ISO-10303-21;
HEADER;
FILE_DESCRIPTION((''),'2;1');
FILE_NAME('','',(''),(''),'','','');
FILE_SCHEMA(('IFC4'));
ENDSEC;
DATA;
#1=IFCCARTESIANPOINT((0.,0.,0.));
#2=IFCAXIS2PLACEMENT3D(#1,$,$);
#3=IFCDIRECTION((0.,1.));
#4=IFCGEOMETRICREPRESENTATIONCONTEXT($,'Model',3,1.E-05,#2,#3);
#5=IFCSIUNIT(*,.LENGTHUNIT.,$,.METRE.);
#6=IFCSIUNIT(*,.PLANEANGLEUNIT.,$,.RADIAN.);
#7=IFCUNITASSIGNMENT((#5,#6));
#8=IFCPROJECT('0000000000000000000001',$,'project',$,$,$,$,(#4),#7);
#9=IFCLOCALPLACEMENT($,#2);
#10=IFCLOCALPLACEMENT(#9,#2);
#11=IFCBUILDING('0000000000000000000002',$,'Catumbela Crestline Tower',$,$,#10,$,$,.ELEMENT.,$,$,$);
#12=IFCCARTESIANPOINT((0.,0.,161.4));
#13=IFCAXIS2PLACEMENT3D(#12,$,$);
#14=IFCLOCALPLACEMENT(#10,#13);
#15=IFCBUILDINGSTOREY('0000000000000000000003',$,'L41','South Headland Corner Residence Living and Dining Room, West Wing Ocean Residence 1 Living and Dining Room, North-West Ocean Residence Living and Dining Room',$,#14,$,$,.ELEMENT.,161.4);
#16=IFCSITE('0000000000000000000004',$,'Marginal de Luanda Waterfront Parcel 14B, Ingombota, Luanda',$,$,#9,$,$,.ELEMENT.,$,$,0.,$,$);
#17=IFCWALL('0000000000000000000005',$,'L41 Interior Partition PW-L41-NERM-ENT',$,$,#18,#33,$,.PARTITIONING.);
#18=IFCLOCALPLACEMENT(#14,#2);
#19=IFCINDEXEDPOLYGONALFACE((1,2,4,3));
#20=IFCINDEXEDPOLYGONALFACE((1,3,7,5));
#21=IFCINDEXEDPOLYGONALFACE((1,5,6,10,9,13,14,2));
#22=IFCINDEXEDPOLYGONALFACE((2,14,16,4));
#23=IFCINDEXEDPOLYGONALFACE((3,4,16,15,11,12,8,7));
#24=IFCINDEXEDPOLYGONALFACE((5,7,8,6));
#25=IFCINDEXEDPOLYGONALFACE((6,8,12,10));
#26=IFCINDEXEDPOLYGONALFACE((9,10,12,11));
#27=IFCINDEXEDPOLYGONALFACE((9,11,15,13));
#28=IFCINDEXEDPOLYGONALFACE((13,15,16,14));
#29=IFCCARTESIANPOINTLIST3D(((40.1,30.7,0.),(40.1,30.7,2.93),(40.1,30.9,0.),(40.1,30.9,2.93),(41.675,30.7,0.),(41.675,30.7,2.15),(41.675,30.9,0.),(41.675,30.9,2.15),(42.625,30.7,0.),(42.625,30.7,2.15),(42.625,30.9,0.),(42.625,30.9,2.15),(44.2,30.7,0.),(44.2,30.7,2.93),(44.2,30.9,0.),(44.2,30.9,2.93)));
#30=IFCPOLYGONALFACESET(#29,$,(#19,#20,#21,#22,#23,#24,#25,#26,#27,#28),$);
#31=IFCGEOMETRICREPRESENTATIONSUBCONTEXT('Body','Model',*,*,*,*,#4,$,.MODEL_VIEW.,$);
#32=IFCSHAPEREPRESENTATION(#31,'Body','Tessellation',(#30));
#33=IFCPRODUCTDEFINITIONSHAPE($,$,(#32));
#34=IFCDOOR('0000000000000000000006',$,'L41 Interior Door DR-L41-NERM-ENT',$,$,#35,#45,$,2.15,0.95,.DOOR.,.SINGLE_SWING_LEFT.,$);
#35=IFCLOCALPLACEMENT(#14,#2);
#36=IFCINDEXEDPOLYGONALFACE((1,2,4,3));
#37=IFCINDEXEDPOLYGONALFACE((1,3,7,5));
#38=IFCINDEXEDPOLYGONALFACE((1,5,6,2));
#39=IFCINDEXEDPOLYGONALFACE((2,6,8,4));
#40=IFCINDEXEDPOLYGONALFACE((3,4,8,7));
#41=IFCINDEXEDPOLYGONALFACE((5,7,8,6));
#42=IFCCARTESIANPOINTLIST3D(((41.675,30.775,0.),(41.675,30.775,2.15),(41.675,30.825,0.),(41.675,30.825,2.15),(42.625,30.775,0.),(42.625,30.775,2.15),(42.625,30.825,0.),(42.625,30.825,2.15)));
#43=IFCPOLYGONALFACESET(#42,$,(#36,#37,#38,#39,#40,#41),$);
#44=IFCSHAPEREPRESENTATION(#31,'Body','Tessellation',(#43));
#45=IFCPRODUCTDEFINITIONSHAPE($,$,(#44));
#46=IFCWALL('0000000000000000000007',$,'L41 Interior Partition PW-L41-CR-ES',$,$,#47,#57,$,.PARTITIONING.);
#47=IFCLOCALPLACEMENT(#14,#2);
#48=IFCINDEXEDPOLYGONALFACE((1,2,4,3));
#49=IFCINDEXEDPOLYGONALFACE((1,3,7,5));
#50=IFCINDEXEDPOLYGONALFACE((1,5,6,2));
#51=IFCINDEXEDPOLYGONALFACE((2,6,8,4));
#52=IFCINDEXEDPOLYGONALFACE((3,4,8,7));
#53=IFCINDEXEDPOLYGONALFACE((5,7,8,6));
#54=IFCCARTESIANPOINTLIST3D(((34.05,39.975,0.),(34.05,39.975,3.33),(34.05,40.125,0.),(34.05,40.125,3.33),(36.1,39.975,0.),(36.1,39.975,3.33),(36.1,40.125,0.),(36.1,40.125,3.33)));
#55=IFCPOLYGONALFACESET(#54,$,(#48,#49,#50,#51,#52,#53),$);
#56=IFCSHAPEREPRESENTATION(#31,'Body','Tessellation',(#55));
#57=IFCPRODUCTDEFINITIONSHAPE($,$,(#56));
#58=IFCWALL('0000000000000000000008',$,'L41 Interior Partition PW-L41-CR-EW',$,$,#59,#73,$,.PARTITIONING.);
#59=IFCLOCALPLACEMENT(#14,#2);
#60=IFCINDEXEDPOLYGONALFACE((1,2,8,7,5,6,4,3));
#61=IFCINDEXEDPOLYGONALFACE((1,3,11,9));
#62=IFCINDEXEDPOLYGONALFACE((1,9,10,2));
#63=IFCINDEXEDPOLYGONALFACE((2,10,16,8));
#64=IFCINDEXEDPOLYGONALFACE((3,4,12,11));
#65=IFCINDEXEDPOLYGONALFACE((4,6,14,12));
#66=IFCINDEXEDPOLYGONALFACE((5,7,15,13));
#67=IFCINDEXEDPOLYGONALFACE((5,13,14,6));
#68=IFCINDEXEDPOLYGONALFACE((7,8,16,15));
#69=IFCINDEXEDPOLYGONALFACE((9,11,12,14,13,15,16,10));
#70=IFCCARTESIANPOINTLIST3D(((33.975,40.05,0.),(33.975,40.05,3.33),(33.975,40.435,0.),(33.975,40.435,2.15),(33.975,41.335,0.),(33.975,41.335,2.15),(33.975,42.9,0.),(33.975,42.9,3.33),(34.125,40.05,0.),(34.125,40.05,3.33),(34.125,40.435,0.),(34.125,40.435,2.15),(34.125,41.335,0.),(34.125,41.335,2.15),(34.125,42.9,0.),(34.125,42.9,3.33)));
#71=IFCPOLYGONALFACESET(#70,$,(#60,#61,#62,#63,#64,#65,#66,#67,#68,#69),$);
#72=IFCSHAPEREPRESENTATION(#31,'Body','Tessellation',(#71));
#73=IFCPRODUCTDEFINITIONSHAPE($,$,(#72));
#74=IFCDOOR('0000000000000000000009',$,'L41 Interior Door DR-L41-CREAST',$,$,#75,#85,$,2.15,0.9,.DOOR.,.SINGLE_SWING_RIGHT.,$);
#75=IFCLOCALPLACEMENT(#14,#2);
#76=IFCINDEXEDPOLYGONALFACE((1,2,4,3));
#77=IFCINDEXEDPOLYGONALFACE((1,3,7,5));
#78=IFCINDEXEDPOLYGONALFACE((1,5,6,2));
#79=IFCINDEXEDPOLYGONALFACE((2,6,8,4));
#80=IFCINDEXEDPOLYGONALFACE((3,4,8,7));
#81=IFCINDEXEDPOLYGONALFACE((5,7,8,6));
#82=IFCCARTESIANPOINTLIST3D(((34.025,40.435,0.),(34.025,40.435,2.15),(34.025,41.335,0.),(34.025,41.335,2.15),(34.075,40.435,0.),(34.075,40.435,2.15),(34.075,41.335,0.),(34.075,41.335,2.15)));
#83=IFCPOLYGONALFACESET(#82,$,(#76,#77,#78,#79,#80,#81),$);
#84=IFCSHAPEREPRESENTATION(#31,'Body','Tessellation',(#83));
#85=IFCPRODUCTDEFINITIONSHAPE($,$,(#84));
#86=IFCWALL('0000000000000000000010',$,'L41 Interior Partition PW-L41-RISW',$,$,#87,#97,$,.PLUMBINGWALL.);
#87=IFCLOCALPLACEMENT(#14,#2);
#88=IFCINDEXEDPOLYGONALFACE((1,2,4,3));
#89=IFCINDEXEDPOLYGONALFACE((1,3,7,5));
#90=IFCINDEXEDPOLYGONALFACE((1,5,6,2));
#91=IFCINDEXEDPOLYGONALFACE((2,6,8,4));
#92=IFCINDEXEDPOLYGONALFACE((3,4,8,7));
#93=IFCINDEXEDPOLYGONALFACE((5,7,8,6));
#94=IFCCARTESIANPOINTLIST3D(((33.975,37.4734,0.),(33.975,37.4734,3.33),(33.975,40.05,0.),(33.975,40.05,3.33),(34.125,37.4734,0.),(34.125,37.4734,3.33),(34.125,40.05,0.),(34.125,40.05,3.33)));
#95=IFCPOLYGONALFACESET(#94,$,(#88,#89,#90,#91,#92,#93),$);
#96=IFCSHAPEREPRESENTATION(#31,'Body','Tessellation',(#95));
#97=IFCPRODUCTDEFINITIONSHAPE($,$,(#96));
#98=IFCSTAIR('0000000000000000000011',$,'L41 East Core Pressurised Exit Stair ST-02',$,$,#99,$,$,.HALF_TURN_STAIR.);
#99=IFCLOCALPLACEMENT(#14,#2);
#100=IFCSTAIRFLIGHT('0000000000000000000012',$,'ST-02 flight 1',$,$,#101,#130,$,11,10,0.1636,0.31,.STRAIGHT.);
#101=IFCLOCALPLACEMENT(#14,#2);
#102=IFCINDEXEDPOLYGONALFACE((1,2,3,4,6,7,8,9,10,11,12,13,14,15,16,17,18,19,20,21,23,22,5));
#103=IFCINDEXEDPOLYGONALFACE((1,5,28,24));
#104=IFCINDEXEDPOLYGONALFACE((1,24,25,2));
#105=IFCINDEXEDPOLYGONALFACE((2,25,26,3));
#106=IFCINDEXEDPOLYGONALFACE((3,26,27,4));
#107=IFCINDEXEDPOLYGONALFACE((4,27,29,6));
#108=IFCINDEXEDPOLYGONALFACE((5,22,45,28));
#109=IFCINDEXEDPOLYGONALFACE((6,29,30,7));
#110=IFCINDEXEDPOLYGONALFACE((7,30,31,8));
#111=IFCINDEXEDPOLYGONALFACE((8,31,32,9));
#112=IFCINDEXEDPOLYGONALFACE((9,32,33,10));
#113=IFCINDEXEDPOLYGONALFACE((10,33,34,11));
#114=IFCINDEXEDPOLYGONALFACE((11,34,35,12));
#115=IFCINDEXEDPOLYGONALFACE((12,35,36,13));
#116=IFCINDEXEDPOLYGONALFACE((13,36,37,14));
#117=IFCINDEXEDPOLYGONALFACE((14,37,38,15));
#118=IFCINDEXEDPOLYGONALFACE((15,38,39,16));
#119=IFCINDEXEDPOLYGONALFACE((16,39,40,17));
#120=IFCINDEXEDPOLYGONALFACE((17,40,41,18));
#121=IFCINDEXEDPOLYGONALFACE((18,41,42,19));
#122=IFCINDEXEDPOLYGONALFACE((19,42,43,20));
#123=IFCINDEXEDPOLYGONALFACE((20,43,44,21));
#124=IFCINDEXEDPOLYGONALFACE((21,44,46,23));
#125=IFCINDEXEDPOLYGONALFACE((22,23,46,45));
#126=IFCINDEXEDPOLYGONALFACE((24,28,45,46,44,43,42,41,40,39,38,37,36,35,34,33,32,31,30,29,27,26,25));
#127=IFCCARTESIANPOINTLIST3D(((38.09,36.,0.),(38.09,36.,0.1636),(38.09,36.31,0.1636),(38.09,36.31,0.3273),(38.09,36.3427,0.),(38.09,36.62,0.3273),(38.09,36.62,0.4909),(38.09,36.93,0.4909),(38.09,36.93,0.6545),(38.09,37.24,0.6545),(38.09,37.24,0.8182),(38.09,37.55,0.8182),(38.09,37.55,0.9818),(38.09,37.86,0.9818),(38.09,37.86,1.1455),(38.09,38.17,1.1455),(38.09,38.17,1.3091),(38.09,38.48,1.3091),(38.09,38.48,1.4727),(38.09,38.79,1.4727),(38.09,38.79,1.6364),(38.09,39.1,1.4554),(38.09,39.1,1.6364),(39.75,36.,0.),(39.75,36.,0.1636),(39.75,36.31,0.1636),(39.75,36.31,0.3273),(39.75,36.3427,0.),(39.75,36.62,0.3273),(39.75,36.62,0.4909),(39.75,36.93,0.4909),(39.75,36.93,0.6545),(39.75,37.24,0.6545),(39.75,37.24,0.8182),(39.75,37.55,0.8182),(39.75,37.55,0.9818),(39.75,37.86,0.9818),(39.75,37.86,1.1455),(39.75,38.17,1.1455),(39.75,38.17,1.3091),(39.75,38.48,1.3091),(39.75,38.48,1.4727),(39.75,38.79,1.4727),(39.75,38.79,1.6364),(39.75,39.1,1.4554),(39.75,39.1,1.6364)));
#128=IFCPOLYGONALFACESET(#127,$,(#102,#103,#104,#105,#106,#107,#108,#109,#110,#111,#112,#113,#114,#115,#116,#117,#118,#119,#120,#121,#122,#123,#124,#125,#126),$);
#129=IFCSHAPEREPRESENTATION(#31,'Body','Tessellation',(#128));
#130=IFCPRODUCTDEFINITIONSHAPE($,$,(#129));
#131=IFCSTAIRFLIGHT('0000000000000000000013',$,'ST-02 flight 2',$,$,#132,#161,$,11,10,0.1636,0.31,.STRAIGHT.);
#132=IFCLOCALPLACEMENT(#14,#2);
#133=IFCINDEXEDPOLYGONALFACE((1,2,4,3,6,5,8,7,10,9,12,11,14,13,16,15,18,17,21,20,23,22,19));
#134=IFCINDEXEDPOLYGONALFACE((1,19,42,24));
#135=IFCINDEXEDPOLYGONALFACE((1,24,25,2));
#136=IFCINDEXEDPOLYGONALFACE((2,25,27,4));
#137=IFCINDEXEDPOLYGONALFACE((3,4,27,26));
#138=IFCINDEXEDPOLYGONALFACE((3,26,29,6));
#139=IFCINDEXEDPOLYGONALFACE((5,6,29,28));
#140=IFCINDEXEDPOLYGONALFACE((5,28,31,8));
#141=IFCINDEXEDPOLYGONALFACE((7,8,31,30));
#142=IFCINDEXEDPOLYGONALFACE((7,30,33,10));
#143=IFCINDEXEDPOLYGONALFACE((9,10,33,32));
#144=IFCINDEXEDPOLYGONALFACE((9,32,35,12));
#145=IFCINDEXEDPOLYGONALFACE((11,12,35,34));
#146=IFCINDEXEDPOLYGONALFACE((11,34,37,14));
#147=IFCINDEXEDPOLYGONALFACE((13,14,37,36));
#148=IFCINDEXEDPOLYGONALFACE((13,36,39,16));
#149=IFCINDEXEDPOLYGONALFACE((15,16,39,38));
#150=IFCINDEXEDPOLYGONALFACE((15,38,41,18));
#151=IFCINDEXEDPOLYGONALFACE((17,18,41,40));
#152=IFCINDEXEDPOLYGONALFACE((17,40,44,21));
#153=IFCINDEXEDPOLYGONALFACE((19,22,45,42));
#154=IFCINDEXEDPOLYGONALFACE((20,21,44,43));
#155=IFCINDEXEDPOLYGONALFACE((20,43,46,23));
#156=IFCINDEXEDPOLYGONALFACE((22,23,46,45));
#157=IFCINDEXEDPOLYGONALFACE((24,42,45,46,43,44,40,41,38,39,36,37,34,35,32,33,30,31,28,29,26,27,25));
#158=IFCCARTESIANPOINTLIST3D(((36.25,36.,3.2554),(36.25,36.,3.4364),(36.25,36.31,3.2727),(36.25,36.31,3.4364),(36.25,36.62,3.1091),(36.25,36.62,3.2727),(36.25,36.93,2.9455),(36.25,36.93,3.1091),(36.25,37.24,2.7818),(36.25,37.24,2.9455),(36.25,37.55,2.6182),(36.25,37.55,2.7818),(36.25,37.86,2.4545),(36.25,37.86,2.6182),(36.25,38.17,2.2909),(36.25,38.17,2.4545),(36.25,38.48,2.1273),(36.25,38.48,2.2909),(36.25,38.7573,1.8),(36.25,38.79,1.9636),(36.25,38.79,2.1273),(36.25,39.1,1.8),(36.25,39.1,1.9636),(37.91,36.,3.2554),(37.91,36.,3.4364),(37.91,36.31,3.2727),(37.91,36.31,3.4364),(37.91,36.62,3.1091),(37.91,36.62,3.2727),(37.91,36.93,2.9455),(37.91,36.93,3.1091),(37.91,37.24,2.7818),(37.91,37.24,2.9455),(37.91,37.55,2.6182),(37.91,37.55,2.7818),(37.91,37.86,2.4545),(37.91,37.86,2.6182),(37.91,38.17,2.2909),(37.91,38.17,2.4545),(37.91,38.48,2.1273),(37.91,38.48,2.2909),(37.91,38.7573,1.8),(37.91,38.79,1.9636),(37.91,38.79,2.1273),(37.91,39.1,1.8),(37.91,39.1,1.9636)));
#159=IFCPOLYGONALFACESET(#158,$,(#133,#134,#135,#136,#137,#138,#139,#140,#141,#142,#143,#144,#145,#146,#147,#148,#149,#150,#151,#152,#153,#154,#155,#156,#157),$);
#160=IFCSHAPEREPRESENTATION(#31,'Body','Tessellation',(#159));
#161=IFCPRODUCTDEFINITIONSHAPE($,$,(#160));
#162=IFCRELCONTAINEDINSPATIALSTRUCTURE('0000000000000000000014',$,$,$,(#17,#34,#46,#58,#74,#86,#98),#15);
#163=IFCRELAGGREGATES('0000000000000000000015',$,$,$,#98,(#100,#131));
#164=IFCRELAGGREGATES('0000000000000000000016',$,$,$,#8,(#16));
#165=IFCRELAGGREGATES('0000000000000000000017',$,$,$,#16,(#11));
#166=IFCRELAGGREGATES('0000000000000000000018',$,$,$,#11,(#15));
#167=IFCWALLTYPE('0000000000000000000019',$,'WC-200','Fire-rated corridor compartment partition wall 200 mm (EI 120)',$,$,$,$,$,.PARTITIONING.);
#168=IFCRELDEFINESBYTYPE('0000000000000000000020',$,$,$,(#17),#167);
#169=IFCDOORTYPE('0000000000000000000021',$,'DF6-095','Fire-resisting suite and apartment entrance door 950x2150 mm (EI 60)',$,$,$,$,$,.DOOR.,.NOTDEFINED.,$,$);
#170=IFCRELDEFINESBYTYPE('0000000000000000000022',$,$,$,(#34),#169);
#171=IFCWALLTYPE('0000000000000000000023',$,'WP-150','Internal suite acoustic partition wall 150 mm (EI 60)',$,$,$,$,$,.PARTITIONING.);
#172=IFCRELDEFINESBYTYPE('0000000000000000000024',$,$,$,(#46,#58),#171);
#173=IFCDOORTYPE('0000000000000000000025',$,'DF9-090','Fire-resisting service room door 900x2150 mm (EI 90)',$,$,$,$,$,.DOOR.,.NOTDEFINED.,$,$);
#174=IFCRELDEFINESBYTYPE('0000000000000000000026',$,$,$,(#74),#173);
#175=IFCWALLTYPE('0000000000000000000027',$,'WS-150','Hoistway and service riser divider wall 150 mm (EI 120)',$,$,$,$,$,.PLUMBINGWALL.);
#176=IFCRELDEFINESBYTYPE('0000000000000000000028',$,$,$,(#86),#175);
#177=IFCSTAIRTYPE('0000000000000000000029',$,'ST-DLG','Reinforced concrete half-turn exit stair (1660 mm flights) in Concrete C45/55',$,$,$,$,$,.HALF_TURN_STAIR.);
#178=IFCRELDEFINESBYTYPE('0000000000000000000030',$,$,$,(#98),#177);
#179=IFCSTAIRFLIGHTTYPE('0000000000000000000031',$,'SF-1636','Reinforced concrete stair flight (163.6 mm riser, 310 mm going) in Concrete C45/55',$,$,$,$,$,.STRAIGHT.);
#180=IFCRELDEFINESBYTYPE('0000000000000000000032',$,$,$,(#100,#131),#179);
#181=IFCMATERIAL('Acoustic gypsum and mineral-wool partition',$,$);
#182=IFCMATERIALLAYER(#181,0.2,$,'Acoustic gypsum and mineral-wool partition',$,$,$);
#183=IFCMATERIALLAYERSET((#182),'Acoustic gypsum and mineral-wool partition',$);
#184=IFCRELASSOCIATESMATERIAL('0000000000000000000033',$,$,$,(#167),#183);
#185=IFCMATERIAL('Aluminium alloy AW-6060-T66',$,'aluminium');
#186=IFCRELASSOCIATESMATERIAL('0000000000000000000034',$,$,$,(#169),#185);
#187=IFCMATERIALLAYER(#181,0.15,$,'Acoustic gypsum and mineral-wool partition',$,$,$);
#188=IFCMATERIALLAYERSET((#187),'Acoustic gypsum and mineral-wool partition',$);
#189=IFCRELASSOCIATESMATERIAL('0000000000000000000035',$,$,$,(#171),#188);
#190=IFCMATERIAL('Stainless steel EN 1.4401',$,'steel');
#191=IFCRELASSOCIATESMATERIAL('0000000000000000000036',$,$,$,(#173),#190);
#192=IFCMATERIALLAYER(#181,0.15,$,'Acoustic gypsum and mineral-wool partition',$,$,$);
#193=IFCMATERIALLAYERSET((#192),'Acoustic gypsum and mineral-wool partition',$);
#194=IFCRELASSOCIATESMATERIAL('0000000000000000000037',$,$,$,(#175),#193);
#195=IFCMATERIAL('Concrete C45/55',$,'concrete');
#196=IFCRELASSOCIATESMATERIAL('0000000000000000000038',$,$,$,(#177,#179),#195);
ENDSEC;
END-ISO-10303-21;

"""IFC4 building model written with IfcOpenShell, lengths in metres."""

from ifc_helpers import new_model, si_unit, direction, frame, frame_2d, origin, place, context, subcontext, project, spatial, polyline, rectangle, outline, extrude, material, layer, layer_set, type_object, element, fill, aggregate, save


model = new_model("IFC4")

# Units and contexts
model_context = context("Model", 3, precision=1e-05, world=origin(), true_north=direction((0.0, 1.0)))
body_context = subcontext(model_context, "Body", "Model", "MODEL_VIEW")
ifc_project = project(units=[si_unit("LENGTHUNIT", "METRE"), si_unit("PLANEANGLEUNIT", "RADIAN")], contexts=[model_context])

# Site, building, storey
site_placement = place(None, origin())
site = spatial("IfcSite", under=ifc_project, at=site_placement, Name="Marginal de Luanda Waterfront Parcel 14B, Ingombota, Luanda", CompositionType="ELEMENT", RefElevation=0.0)
building_placement = place(site_placement, origin())
building = spatial("IfcBuilding", under=site, at=building_placement, Name="Catumbela Crestline Tower", CompositionType="ELEMENT")
storey_placement = place(building_placement, frame((0.0, 0.0, 161.4)))
storey = spatial("IfcBuildingStorey", under=building, at=storey_placement, Name="L41", Description="South Headland Corner Residence Living and Dining Room, West Wing Ocean Residence 1 Living and Dining Room, North-West Ocean Residence Living and Dining Room", CompositionType="ELEMENT", Elevation=161.4)

# Shared definitions
ifc_material_1 = material(Name="Aluminium alloy AW-6060-T66", Category="aluminium")

# Wall, opening, door
ifc_material_2 = material(Name="Acoustic gypsum and mineral-wool partition")
ifc_layer_1 = layer(ifc_material_2, 0.2, Name="Acoustic gypsum and mineral-wool partition")
ifc_layer_set_1 = layer_set([ifc_layer_1], Name="Acoustic gypsum and mineral-wool partition")
wall_type_1 = type_object("IfcWallType", Name="WC-200", Description="Fire-rated corridor compartment partition wall 200 mm (EI 120)", PredefinedType="PARTITIONING", material=ifc_layer_set_1)
wall_1_placement = place(storey_placement, frame((40.1, 30.8, 0.0), z_axis=(0.0, 0.0, 1.0), x_axis=(1.0, 0.0, 0.0)))
wall_1 = element("IfcWall", 1, at=wall_1_placement, inside=storey, type_object=wall_type_1, Name="L41 Interior Partition PW-L41-NERM-ENT", PredefinedType="PARTITIONING", context=body_context, shape_type="SweptSolid", body=[
    extrude(rectangle(XDim=4.1, YDim=0.2, at=frame_2d((2.05, 0.0))), origin(), (0.0, 0.0, 1.0), 2.93),
])
opening_1_placement = place(wall_1_placement, frame((1.575, 0.0, 0.0)))
opening_1 = element("IfcOpeningElement", 2, at=opening_1_placement, cuts=wall_1, PredefinedType="OPENING", context=body_context, shape_type="SweptSolid", body=[
    extrude(rectangle(XDim=0.95, YDim=2.15, at=frame_2d((0.475, 1.075))), frame((0.0, 0.11, 0.0), z_axis=(0.0, -1.0, 0.0), x_axis=(1.0, 0.0, 0.0)), (0.0, 0.0, 1.0), 0.22),
])
door_type_1 = type_object("IfcDoorType", Name="DF6-095", Description="Fire-resisting suite and apartment entrance door 950x2150 mm (EI 60)", OperationType="NOTDEFINED", PredefinedType="DOOR", material=ifc_material_1)
door_1_placement = place(opening_1_placement, origin())
door_1 = element("IfcDoor", 3, at=door_1_placement, inside=storey, type_object=door_type_1, Name="L41 Interior Door DR-L41-NERM-ENT", OperationType="SINGLE_SWING_LEFT", OverallHeight=2.15, OverallWidth=0.95, PredefinedType="DOOR", context=body_context, shape_type="SweptSolid", body=[
    extrude(rectangle(XDim=0.95, YDim=2.15, at=frame_2d((0.475, 1.075))), frame((0.0, 0.025, 0.0), z_axis=(0.0, -1.0, 0.0), x_axis=(1.0, 0.0, 0.0)), (0.0, 0.0, 1.0), 0.05),
])
fill(opening_1, door_1)

# Wall
ifc_layer_2 = layer(ifc_material_2, 0.15, Name="Acoustic gypsum and mineral-wool partition")
ifc_layer_set_2 = layer_set([ifc_layer_2], Name="Acoustic gypsum and mineral-wool partition")
wall_type_2 = type_object("IfcWallType", Name="WP-150", Description="Internal suite acoustic partition wall 150 mm (EI 60)", PredefinedType="PARTITIONING", material=ifc_layer_set_2)
wall_2_placement = place(storey_placement, frame((34.05, 40.05, 0.0), z_axis=(0.0, 0.0, 1.0), x_axis=(1.0, 0.0, 0.0)))
element("IfcWall", 4, at=wall_2_placement, inside=storey, type_object=wall_type_2, Name="L41 Interior Partition PW-L41-CR-ES", PredefinedType="PARTITIONING", context=body_context, shape_type="SweptSolid", body=[
    extrude(rectangle(XDim=2.05, YDim=0.15, at=frame_2d((1.025, 0.0))), origin(), (0.0, 0.0, 1.0), 3.33),
])

# Wall, opening, door
wall_3_placement = place(storey_placement, frame((34.05, 40.05, 0.0), z_axis=(0.0, 0.0, 1.0), x_axis=(0.0, 1.0, 0.0)))
wall_3 = element("IfcWall", 5, at=wall_3_placement, inside=storey, type_object=wall_type_2, Name="L41 Interior Partition PW-L41-CR-EW", PredefinedType="PARTITIONING", context=body_context, shape_type="SweptSolid", body=[
    extrude(rectangle(XDim=2.85, YDim=0.15, at=frame_2d((1.425, 0.0))), origin(), (0.0, 0.0, 1.0), 3.33),
])
opening_2_placement = place(wall_3_placement, frame((0.385, 0.0, 0.0)))
opening_2 = element("IfcOpeningElement", 6, at=opening_2_placement, cuts=wall_3, PredefinedType="OPENING", context=body_context, shape_type="SweptSolid", body=[
    extrude(rectangle(XDim=0.9, YDim=2.15, at=frame_2d((0.45, 1.075))), frame((0.0, 0.085, 0.0), z_axis=(0.0, -1.0, 0.0), x_axis=(1.0, 0.0, 0.0)), (0.0, 0.0, 1.0), 0.17),
])
ifc_material_3 = material(Name="Stainless steel EN 1.4401", Category="steel")
door_type_2 = type_object("IfcDoorType", Name="DF9-090", Description="Fire-resisting service room door 900x2150 mm (EI 90)", OperationType="NOTDEFINED", PredefinedType="DOOR", material=ifc_material_3)
door_2_placement = place(opening_2_placement, origin())
door_2 = element("IfcDoor", 7, at=door_2_placement, inside=storey, type_object=door_type_2, Name="L41 Interior Door DR-L41-CREAST", OperationType="SINGLE_SWING_RIGHT", OverallHeight=2.15, OverallWidth=0.9, PredefinedType="DOOR", context=body_context, shape_type="SweptSolid", body=[
    extrude(rectangle(XDim=0.9, YDim=2.15, at=frame_2d((0.45, 1.075))), frame((0.0, 0.025, 0.0), z_axis=(0.0, -1.0, 0.0), x_axis=(1.0, 0.0, 0.0)), (0.0, 0.0, 1.0), 0.05),
])
fill(opening_2, door_2)

# Wall
ifc_layer_3 = layer(ifc_material_2, 0.15, Name="Acoustic gypsum and mineral-wool partition")
ifc_layer_set_3 = layer_set([ifc_layer_3], Name="Acoustic gypsum and mineral-wool partition")
wall_type_3 = type_object("IfcWallType", Name="WS-150", Description="Hoistway and service riser divider wall 150 mm (EI 120)", PredefinedType="PLUMBINGWALL", material=ifc_layer_set_3)
wall_4_placement = place(storey_placement, frame((34.05, 37.4734, 0.0), z_axis=(0.0, 0.0, 1.0), x_axis=(0.0, 1.0, 0.0)))
element("IfcWall", 8, at=wall_4_placement, inside=storey, type_object=wall_type_3, Name="L41 Interior Partition PW-L41-RISW", PredefinedType="PLUMBINGWALL", context=body_context, shape_type="SweptSolid", body=[
    extrude(rectangle(XDim=2.5766, YDim=0.15, at=frame_2d((1.2883, 0.0))), origin(), (0.0, 0.0, 1.0), 3.33),
])

# Stair, stair flights
ifc_material_4 = material(Name="Concrete C45/55", Category="concrete")
stair_type = type_object("IfcStairType", Name="ST-DLG", Description="Reinforced concrete half-turn exit stair (1660 mm flights) in Concrete C45/55", PredefinedType="HALF_TURN_STAIR", material=ifc_material_4)
stair_placement = place(storey_placement, origin())
stair = element("IfcStair", 9, at=stair_placement, inside=storey, type_object=stair_type, Name="L41 East Core Pressurised Exit Stair ST-02", PredefinedType="HALF_TURN_STAIR")
stair_flight_type = type_object("IfcStairFlightType", Name="SF-1636", Description="Reinforced concrete stair flight (163.6 mm riser, 310 mm going) in Concrete C45/55", PredefinedType="STRAIGHT", material=ifc_material_4)
stair_flight_1_placement = place(storey_placement, frame((38.92, 36.0, 0.0), z_axis=(0.0, 0.0, 1.0), x_axis=(0.0, 1.0, 0.0)))
stair_flight_1 = element("IfcStairFlight", 10, at=stair_flight_1_placement, type_object=stair_flight_type, Name="ST-02 flight 1", NumberOfRisers=11, NumberOfTreads=10, PredefinedType="STRAIGHT", RiserHeight=0.1636, TreadLength=0.31, context=body_context, shape_type="SweptSolid", body=[
    extrude(outline(polyline([(0.0, 0.0), (0.0, 0.1636), (0.31, 0.1636), (0.31, 0.3273), (0.62, 0.3273), (0.62, 0.4909), (0.93, 0.4909), (0.93, 0.6545), (1.24, 0.6545), (1.24, 0.8182), (1.55, 0.8182), (1.55, 0.9818), (1.86, 0.9818), (1.86, 1.1455), (2.17, 1.1455), (2.17, 1.3091), (2.48, 1.3091), (2.48, 1.4727), (2.79, 1.4727), (2.79, 1.6364), (3.1, 1.6364), (3.1, 1.8), (3.1, 1.4554), (0.3427, 0.0), (0.0, 0.0)])), frame((0.0, 0.83, 0.0), z_axis=(0.0, -1.0, 0.0), x_axis=(1.0, 0.0, 0.0)), (0.0, 0.0, 1.0), 1.66),
])
stair_flight_2_placement = place(storey_placement, frame((37.08, 39.1, 1.8), z_axis=(0.0, 0.0, 1.0), x_axis=(0.0, -1.0, 0.0)))
stair_flight_2 = element("IfcStairFlight", 11, at=stair_flight_2_placement, type_object=stair_flight_type, Name="ST-02 flight 2", NumberOfRisers=11, NumberOfTreads=10, PredefinedType="STRAIGHT", RiserHeight=0.1636, TreadLength=0.31, context=body_context, shape_type="SweptSolid", body=[
    extrude(outline(polyline([(0.0, 0.0), (0.0, 0.1636), (0.31, 0.1636), (0.31, 0.3273), (0.62, 0.3273), (0.62, 0.4909), (0.93, 0.4909), (0.93, 0.6545), (1.24, 0.6545), (1.24, 0.8182), (1.55, 0.8182), (1.55, 0.9818), (1.86, 0.9818), (1.86, 1.1455), (2.17, 1.1455), (2.17, 1.3091), (2.48, 1.3091), (2.48, 1.4727), (2.79, 1.4727), (2.79, 1.6364), (3.1, 1.6364), (3.1, 1.8), (3.1, 1.4554), (0.3427, 0.0), (0.0, 0.0)])), frame((0.0, 0.83, 0.0), z_axis=(0.0, -1.0, 0.0), x_axis=(1.0, 0.0, 0.0)), (0.0, 0.0, 1.0), 1.66),
])
aggregate(stair, [stair_flight_1, stair_flight_2])

save(model, "model.ifc")
